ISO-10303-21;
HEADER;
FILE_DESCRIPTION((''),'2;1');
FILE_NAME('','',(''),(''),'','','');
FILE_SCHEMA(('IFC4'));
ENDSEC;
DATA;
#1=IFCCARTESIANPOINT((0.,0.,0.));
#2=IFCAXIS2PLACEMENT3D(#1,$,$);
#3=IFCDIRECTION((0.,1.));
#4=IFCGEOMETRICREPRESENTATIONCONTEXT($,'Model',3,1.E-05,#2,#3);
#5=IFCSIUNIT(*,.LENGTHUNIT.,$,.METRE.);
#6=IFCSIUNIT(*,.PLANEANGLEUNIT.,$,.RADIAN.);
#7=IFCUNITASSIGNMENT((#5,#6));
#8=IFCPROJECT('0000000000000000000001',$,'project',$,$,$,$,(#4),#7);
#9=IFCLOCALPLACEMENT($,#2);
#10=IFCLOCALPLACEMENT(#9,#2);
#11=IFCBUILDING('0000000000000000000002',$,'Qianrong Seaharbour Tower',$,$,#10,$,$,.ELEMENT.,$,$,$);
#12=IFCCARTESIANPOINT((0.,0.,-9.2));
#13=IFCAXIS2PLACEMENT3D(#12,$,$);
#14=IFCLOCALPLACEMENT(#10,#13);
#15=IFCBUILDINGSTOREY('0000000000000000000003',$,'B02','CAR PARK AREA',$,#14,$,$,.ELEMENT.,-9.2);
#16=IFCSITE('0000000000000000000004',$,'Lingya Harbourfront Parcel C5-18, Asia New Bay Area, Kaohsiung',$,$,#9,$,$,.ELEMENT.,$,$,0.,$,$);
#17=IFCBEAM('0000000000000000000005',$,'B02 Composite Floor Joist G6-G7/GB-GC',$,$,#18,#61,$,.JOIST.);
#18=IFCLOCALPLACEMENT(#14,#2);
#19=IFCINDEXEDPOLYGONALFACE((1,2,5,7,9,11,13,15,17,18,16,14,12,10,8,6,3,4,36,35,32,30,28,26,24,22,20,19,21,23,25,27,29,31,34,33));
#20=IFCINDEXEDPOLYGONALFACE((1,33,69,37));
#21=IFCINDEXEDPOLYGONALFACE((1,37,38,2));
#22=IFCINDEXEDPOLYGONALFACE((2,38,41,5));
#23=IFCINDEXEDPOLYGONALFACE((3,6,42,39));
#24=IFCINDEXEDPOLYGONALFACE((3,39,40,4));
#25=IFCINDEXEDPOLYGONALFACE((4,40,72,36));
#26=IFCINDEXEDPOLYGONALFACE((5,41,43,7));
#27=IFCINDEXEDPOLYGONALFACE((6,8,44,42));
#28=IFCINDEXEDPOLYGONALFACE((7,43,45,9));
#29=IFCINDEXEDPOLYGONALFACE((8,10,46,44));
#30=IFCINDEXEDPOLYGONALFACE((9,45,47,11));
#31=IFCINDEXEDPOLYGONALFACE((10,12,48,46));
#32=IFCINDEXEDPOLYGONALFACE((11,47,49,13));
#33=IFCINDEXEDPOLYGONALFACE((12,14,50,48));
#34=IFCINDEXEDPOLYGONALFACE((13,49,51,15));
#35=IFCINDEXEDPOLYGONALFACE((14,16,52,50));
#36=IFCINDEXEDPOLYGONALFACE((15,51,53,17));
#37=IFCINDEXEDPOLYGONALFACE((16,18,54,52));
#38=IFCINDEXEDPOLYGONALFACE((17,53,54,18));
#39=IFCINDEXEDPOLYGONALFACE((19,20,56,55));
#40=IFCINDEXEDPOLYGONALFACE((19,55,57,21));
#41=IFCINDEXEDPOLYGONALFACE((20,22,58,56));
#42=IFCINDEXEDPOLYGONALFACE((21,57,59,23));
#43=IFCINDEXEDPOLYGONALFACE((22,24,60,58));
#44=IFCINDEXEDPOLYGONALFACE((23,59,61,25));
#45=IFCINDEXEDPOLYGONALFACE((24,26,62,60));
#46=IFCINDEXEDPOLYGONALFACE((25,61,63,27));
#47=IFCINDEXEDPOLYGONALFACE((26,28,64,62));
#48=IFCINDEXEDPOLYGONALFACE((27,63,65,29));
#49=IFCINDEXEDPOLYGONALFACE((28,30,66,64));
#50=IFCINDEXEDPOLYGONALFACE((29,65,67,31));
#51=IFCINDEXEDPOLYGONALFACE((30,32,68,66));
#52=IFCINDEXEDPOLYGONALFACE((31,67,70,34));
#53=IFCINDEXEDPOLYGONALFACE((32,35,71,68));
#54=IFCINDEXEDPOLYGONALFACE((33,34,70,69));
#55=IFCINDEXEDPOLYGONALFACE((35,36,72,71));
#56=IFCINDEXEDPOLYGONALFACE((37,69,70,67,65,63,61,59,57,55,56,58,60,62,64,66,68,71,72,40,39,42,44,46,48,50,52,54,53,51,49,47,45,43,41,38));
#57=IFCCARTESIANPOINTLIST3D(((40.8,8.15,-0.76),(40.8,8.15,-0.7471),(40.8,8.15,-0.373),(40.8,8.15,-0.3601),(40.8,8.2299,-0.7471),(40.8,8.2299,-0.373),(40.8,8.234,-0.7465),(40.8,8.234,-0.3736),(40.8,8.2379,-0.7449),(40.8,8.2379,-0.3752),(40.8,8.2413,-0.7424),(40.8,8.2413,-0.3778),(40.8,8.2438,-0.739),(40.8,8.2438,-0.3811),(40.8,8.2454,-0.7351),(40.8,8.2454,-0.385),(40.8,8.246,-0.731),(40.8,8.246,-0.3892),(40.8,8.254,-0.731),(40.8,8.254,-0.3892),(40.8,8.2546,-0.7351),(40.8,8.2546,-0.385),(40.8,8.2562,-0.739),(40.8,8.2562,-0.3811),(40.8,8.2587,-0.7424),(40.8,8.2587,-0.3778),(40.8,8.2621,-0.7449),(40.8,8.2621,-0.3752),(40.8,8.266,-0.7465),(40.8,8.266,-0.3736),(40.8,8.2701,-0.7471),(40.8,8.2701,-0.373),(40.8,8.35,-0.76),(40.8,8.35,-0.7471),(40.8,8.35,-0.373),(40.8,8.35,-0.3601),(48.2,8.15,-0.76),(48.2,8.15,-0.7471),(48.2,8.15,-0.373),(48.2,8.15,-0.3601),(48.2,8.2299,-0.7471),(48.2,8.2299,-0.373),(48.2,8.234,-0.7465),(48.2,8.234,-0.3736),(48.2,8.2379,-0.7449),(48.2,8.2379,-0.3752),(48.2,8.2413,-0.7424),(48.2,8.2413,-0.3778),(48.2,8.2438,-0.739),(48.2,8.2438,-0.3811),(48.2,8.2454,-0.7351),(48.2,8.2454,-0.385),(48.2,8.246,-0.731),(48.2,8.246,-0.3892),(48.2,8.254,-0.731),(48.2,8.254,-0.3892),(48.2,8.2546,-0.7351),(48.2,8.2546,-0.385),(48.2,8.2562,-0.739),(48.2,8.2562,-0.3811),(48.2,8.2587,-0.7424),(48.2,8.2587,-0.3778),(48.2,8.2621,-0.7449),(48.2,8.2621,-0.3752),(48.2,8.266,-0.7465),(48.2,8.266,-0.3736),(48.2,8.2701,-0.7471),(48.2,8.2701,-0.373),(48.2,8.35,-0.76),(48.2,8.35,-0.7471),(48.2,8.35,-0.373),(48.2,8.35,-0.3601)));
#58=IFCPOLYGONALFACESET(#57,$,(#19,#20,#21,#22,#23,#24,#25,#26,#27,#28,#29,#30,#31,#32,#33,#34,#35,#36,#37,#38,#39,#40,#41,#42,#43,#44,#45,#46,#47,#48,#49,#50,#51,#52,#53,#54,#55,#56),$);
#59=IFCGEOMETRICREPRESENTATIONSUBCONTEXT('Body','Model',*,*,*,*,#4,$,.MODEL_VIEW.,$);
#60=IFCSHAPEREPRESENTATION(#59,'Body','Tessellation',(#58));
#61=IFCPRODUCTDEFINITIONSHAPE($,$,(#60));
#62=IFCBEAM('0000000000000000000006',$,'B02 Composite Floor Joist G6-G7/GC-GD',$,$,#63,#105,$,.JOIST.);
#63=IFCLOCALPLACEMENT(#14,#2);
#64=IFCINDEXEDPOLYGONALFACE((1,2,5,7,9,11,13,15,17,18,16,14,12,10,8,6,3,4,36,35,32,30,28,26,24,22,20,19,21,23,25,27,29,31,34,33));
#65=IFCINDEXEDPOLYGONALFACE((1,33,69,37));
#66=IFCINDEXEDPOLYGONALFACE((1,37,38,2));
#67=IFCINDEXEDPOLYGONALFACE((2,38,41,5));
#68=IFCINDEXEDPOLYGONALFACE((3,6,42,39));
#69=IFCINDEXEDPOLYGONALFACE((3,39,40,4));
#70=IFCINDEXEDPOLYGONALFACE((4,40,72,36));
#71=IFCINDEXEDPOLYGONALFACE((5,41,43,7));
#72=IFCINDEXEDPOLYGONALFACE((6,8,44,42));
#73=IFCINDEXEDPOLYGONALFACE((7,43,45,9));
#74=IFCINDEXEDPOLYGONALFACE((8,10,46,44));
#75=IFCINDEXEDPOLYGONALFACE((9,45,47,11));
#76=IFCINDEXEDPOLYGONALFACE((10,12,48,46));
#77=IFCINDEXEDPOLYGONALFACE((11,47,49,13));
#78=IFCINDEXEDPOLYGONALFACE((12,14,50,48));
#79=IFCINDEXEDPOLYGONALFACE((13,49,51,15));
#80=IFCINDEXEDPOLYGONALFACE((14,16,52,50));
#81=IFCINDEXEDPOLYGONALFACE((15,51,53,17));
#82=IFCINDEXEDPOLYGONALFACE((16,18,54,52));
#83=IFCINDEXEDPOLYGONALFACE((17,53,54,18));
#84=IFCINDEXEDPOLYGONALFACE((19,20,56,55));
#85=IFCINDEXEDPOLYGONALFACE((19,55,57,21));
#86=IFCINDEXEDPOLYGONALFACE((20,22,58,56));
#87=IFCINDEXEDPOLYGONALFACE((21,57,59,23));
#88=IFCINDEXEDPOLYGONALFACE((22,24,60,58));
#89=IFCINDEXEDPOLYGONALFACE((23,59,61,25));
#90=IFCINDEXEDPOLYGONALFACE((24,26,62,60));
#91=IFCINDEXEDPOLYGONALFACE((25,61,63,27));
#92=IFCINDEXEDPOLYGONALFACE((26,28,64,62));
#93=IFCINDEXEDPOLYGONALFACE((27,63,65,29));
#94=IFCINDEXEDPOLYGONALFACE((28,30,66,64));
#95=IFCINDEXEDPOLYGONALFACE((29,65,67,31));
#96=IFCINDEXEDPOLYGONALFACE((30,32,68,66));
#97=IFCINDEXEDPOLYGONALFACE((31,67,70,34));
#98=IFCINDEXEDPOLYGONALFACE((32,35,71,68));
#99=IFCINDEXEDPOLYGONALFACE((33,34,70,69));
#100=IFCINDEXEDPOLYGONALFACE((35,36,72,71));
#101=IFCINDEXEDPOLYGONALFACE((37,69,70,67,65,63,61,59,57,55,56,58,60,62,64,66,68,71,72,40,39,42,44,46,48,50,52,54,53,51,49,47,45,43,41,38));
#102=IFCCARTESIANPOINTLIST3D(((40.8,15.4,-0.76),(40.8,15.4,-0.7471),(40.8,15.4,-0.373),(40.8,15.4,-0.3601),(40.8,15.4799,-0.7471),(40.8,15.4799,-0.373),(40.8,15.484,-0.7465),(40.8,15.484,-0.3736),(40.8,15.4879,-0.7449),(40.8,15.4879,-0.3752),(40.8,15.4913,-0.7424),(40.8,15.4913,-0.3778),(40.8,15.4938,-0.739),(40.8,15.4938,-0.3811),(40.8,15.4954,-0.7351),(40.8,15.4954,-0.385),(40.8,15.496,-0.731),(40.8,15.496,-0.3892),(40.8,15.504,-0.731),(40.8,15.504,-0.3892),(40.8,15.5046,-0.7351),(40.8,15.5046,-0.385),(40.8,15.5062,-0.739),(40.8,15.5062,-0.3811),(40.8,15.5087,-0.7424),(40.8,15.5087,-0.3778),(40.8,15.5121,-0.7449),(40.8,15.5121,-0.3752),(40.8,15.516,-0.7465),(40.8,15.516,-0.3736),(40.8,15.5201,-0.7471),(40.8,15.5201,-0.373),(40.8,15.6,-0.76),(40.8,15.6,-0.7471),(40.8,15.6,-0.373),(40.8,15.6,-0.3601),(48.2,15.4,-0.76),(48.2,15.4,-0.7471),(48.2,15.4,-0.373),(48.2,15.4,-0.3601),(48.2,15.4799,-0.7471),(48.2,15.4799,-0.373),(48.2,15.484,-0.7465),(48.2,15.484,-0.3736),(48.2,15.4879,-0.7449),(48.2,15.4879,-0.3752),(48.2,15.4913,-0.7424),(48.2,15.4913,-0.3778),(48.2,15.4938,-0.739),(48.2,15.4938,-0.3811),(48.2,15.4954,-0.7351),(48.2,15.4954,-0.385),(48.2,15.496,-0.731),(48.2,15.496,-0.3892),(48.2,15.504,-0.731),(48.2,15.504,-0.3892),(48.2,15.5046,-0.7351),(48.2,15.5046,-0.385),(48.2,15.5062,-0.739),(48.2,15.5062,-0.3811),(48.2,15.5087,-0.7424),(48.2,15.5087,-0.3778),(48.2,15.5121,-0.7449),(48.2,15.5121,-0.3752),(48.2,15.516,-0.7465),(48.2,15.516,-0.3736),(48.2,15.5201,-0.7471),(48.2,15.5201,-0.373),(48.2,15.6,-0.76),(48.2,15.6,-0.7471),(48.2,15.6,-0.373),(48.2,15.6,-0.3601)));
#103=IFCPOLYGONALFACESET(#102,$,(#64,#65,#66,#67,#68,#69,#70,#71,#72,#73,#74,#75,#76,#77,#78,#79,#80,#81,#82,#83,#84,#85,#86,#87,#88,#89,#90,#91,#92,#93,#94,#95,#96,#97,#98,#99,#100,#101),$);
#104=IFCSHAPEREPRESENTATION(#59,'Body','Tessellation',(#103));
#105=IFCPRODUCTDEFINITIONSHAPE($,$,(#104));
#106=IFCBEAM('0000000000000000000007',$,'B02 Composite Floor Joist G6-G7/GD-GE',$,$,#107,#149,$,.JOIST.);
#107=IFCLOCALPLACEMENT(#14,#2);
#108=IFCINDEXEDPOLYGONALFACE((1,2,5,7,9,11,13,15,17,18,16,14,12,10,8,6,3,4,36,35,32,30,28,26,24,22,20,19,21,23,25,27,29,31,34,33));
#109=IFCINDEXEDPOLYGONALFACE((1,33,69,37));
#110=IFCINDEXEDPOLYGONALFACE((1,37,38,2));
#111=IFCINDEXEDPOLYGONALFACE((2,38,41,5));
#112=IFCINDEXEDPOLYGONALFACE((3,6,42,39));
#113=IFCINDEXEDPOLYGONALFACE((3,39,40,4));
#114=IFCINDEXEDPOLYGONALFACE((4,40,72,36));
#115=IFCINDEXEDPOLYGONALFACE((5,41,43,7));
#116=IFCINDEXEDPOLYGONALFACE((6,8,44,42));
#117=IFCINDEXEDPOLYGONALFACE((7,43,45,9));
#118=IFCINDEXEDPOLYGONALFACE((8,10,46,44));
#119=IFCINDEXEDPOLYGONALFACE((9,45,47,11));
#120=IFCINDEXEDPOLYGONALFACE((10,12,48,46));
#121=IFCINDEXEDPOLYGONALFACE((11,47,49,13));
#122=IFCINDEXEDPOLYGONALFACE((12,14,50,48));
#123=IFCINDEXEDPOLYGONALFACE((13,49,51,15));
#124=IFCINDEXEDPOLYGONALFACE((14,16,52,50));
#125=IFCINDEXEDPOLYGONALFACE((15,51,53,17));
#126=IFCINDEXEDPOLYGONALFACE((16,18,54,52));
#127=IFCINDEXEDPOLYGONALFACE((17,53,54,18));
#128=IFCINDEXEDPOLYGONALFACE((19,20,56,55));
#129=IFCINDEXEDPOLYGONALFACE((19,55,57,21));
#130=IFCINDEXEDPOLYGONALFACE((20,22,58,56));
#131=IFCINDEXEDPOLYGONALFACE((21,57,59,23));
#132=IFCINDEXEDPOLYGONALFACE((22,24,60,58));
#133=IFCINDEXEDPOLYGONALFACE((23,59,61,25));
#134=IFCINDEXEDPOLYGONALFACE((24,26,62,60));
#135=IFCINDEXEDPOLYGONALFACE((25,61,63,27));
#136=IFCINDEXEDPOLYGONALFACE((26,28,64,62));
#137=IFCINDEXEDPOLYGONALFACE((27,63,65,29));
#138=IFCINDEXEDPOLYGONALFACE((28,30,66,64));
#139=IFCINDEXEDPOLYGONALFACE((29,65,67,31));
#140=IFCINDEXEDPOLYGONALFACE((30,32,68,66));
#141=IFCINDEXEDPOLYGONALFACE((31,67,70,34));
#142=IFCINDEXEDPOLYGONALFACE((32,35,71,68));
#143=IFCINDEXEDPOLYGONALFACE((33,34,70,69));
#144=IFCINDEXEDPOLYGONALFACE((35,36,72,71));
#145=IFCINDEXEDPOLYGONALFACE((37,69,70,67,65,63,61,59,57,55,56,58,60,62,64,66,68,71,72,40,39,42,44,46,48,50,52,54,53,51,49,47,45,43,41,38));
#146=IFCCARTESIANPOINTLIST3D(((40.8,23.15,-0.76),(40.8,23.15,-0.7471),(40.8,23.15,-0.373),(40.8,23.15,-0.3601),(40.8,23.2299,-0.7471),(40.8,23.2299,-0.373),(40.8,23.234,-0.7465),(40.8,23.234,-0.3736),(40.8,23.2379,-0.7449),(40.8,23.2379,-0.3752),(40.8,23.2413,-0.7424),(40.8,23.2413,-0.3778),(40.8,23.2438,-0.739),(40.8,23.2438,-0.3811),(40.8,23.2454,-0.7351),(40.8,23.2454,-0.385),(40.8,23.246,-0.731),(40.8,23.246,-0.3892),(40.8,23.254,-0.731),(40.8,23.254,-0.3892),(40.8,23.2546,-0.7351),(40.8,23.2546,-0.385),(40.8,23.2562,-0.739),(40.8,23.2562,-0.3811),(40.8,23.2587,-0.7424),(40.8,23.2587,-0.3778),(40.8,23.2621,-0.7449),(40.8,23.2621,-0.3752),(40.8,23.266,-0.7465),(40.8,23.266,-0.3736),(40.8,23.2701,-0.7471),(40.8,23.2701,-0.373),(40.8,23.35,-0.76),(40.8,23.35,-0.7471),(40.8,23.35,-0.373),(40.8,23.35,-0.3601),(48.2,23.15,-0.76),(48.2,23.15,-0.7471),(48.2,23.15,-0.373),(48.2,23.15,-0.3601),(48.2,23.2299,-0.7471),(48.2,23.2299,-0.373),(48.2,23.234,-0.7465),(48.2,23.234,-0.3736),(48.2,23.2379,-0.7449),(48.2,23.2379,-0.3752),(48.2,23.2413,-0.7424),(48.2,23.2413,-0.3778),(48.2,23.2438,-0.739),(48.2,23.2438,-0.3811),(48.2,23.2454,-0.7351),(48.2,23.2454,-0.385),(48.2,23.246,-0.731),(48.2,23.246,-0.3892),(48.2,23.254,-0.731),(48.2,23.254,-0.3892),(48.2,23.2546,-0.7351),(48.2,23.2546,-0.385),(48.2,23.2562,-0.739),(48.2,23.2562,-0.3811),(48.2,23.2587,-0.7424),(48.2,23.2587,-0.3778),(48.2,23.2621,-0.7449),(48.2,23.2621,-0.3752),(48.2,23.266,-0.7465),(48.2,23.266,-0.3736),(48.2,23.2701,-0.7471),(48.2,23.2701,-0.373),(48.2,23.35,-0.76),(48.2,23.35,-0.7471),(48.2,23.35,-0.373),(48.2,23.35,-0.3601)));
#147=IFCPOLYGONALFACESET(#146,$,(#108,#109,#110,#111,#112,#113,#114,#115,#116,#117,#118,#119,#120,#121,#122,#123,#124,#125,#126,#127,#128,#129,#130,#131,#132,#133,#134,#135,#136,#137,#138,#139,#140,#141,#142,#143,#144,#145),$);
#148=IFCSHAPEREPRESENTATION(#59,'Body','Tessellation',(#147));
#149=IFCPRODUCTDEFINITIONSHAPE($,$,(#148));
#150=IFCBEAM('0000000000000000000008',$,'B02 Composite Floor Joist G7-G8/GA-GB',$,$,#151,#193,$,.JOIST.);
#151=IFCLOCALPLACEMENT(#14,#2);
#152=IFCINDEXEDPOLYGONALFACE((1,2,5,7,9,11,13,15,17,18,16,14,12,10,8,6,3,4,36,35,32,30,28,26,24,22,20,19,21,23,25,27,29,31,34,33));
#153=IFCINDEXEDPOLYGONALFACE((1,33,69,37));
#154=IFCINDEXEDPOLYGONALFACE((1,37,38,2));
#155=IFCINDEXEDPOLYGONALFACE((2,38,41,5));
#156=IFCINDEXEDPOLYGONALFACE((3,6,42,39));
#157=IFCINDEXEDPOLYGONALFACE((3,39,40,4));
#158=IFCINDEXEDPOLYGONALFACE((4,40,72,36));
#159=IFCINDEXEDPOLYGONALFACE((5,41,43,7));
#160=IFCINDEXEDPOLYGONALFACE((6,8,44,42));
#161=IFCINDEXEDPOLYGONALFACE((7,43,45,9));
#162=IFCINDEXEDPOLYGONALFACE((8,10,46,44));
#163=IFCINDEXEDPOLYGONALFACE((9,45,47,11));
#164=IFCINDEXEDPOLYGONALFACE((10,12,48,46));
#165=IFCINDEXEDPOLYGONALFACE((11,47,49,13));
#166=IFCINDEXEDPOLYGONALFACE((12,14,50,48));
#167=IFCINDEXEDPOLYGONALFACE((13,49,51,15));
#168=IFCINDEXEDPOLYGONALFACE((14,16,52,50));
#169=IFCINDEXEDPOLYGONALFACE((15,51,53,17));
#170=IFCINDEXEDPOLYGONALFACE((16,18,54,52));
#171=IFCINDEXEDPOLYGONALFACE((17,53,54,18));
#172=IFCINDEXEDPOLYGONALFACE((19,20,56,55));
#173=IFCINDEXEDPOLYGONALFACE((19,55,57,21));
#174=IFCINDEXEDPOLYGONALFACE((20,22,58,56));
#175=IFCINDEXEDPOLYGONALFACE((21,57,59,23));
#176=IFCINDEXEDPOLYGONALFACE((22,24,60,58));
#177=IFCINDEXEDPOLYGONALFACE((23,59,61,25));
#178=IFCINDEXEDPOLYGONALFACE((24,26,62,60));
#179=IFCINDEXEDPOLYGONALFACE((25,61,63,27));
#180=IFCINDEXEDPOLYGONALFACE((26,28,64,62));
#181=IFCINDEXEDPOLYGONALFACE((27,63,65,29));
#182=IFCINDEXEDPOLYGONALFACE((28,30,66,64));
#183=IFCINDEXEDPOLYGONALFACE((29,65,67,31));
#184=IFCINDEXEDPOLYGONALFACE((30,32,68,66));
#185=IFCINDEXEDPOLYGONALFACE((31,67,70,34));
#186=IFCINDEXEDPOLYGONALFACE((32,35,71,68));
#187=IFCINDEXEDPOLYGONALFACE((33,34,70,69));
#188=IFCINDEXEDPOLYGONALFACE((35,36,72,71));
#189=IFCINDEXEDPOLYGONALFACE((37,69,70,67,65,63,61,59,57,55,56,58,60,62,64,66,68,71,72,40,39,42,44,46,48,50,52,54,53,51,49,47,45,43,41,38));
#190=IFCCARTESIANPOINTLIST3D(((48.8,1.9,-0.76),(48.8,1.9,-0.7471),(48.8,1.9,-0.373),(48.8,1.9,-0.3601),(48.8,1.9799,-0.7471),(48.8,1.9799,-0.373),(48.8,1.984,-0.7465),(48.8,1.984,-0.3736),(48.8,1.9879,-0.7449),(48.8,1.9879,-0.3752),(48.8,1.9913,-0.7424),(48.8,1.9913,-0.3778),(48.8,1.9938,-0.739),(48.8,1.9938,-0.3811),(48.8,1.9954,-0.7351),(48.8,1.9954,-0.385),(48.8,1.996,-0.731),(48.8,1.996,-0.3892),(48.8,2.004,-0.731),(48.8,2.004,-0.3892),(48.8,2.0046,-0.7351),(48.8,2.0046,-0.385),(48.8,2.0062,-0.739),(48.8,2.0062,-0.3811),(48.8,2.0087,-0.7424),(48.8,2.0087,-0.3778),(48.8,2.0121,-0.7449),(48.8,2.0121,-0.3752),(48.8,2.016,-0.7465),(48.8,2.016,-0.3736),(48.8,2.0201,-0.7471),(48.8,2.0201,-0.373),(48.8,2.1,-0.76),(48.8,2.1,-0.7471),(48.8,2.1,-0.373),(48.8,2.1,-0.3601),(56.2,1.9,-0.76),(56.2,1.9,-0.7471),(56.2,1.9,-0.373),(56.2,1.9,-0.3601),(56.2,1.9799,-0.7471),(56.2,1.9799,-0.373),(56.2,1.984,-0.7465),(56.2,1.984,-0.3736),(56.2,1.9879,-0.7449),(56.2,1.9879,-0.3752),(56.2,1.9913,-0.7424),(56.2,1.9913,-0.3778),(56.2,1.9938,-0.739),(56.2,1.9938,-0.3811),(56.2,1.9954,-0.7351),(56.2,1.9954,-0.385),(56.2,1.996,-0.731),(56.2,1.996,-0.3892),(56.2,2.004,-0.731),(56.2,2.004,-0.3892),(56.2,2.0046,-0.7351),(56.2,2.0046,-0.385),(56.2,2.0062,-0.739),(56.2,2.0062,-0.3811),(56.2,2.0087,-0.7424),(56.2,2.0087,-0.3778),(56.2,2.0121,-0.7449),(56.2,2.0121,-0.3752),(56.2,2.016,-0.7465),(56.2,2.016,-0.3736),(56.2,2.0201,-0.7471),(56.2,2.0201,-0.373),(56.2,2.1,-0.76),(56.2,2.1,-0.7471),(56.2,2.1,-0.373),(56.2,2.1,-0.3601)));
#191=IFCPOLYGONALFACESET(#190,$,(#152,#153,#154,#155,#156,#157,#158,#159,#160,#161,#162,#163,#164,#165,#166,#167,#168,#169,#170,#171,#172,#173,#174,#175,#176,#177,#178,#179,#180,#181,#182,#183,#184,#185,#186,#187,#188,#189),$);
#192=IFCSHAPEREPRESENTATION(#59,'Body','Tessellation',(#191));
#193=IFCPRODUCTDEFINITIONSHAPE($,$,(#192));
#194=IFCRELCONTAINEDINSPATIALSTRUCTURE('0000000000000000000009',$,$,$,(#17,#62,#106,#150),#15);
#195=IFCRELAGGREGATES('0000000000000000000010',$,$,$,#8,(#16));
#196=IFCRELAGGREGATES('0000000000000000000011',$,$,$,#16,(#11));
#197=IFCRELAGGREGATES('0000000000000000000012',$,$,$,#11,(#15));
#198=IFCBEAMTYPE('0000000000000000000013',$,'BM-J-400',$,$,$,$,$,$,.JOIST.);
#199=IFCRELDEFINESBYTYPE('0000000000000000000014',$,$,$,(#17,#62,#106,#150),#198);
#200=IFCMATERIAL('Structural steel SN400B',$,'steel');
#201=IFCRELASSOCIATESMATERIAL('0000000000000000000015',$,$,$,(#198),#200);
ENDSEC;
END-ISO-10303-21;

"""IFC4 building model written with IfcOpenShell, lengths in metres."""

from ifc_helpers import new_model, si_unit, direction, frame, origin, origin_2d, place, context, subcontext, project, spatial, i_section, extrude, material, material_profile, profile_set, type_object, element, save


model = new_model("IFC4")

# Units and contexts
model_context = context("Model", 3, precision=1e-05, world=origin(), true_north=direction((0.0, 1.0)))
body_context = subcontext(model_context, "Body", "Model", "MODEL_VIEW")
ifc_project = project(units=[si_unit("LENGTHUNIT", "METRE"), si_unit("PLANEANGLEUNIT", "RADIAN")], contexts=[model_context])

# Site, building, storey
site_placement = place(None, origin())
site = spatial("IfcSite", under=ifc_project, at=site_placement, Name="Lingya Harbourfront Parcel C5-18, Asia New Bay Area, Kaohsiung", CompositionType="ELEMENT", RefElevation=0.0)
building_placement = place(site_placement, origin())
building = spatial("IfcBuilding", under=site, at=building_placement, Name="Qianrong Seaharbour Tower", CompositionType="ELEMENT")
storey_placement = place(building_placement, frame((0.0, 0.0, -9.2)))
storey = spatial("IfcBuildingStorey", under=building, at=storey_placement, Name="B02", Description="CAR PARK AREA", CompositionType="ELEMENT", Elevation=-9.2)

# Beams
ifc_material_1 = material(Name="Structural steel SN400B", Category="steel")
ifc_material_profile_1 = material_profile(ifc_material_1, i_section(OverallWidth=0.2, OverallDepth=0.3999, WebThickness=0.0081, FlangeThickness=0.0129, FilletRadius=0.0161, at=origin_2d()), Name="H400x200x8x13")
ifc_profile_set_1 = profile_set([ifc_material_profile_1], Name="Structural steel SN400B")
beam_type_1 = type_object("IfcBeamType", Name="BM-J-400", PredefinedType="JOIST", material=ifc_profile_set_1)
for number, where, z_axis, x_axis, name in (
    (1, (40.8, 8.25, -0.5601), (1.0, 0.0, 0.0), (0.0, 1.0, 0.0), "B02 Composite Floor Joist G6-G7/GB-GC"),
    (2, (40.8, 15.5, -0.5601), (1.0, 0.0, 0.0), (0.0, 1.0, 0.0), "B02 Composite Floor Joist G6-G7/GC-GD"),
    (3, (40.8, 23.25, -0.5601), (1.0, 0.0, 0.0), (0.0, 1.0, 0.0), "B02 Composite Floor Joist G6-G7/GD-GE"),
    (4, (48.8, 2.0, -0.5601), (1.0, 0.0, 0.0), (0.0, 1.0, 0.0), "B02 Composite Floor Joist G7-G8/GA-GB"),
):
    element("IfcBeam", number, at=place(storey_placement, frame(where, z_axis=z_axis, x_axis=x_axis)), inside=storey, type_object=beam_type_1, Name=name, PredefinedType="JOIST", context=body_context, shape_type="SweptSolid", body=[
        extrude(i_section(OverallWidth=0.2, OverallDepth=0.3999, WebThickness=0.0081, FlangeThickness=0.0129, FilletRadius=0.0161, at=origin_2d()), origin(), (0.0, 0.0, 1.0), 7.3999),
    ])

save(model, "model.ifc")
